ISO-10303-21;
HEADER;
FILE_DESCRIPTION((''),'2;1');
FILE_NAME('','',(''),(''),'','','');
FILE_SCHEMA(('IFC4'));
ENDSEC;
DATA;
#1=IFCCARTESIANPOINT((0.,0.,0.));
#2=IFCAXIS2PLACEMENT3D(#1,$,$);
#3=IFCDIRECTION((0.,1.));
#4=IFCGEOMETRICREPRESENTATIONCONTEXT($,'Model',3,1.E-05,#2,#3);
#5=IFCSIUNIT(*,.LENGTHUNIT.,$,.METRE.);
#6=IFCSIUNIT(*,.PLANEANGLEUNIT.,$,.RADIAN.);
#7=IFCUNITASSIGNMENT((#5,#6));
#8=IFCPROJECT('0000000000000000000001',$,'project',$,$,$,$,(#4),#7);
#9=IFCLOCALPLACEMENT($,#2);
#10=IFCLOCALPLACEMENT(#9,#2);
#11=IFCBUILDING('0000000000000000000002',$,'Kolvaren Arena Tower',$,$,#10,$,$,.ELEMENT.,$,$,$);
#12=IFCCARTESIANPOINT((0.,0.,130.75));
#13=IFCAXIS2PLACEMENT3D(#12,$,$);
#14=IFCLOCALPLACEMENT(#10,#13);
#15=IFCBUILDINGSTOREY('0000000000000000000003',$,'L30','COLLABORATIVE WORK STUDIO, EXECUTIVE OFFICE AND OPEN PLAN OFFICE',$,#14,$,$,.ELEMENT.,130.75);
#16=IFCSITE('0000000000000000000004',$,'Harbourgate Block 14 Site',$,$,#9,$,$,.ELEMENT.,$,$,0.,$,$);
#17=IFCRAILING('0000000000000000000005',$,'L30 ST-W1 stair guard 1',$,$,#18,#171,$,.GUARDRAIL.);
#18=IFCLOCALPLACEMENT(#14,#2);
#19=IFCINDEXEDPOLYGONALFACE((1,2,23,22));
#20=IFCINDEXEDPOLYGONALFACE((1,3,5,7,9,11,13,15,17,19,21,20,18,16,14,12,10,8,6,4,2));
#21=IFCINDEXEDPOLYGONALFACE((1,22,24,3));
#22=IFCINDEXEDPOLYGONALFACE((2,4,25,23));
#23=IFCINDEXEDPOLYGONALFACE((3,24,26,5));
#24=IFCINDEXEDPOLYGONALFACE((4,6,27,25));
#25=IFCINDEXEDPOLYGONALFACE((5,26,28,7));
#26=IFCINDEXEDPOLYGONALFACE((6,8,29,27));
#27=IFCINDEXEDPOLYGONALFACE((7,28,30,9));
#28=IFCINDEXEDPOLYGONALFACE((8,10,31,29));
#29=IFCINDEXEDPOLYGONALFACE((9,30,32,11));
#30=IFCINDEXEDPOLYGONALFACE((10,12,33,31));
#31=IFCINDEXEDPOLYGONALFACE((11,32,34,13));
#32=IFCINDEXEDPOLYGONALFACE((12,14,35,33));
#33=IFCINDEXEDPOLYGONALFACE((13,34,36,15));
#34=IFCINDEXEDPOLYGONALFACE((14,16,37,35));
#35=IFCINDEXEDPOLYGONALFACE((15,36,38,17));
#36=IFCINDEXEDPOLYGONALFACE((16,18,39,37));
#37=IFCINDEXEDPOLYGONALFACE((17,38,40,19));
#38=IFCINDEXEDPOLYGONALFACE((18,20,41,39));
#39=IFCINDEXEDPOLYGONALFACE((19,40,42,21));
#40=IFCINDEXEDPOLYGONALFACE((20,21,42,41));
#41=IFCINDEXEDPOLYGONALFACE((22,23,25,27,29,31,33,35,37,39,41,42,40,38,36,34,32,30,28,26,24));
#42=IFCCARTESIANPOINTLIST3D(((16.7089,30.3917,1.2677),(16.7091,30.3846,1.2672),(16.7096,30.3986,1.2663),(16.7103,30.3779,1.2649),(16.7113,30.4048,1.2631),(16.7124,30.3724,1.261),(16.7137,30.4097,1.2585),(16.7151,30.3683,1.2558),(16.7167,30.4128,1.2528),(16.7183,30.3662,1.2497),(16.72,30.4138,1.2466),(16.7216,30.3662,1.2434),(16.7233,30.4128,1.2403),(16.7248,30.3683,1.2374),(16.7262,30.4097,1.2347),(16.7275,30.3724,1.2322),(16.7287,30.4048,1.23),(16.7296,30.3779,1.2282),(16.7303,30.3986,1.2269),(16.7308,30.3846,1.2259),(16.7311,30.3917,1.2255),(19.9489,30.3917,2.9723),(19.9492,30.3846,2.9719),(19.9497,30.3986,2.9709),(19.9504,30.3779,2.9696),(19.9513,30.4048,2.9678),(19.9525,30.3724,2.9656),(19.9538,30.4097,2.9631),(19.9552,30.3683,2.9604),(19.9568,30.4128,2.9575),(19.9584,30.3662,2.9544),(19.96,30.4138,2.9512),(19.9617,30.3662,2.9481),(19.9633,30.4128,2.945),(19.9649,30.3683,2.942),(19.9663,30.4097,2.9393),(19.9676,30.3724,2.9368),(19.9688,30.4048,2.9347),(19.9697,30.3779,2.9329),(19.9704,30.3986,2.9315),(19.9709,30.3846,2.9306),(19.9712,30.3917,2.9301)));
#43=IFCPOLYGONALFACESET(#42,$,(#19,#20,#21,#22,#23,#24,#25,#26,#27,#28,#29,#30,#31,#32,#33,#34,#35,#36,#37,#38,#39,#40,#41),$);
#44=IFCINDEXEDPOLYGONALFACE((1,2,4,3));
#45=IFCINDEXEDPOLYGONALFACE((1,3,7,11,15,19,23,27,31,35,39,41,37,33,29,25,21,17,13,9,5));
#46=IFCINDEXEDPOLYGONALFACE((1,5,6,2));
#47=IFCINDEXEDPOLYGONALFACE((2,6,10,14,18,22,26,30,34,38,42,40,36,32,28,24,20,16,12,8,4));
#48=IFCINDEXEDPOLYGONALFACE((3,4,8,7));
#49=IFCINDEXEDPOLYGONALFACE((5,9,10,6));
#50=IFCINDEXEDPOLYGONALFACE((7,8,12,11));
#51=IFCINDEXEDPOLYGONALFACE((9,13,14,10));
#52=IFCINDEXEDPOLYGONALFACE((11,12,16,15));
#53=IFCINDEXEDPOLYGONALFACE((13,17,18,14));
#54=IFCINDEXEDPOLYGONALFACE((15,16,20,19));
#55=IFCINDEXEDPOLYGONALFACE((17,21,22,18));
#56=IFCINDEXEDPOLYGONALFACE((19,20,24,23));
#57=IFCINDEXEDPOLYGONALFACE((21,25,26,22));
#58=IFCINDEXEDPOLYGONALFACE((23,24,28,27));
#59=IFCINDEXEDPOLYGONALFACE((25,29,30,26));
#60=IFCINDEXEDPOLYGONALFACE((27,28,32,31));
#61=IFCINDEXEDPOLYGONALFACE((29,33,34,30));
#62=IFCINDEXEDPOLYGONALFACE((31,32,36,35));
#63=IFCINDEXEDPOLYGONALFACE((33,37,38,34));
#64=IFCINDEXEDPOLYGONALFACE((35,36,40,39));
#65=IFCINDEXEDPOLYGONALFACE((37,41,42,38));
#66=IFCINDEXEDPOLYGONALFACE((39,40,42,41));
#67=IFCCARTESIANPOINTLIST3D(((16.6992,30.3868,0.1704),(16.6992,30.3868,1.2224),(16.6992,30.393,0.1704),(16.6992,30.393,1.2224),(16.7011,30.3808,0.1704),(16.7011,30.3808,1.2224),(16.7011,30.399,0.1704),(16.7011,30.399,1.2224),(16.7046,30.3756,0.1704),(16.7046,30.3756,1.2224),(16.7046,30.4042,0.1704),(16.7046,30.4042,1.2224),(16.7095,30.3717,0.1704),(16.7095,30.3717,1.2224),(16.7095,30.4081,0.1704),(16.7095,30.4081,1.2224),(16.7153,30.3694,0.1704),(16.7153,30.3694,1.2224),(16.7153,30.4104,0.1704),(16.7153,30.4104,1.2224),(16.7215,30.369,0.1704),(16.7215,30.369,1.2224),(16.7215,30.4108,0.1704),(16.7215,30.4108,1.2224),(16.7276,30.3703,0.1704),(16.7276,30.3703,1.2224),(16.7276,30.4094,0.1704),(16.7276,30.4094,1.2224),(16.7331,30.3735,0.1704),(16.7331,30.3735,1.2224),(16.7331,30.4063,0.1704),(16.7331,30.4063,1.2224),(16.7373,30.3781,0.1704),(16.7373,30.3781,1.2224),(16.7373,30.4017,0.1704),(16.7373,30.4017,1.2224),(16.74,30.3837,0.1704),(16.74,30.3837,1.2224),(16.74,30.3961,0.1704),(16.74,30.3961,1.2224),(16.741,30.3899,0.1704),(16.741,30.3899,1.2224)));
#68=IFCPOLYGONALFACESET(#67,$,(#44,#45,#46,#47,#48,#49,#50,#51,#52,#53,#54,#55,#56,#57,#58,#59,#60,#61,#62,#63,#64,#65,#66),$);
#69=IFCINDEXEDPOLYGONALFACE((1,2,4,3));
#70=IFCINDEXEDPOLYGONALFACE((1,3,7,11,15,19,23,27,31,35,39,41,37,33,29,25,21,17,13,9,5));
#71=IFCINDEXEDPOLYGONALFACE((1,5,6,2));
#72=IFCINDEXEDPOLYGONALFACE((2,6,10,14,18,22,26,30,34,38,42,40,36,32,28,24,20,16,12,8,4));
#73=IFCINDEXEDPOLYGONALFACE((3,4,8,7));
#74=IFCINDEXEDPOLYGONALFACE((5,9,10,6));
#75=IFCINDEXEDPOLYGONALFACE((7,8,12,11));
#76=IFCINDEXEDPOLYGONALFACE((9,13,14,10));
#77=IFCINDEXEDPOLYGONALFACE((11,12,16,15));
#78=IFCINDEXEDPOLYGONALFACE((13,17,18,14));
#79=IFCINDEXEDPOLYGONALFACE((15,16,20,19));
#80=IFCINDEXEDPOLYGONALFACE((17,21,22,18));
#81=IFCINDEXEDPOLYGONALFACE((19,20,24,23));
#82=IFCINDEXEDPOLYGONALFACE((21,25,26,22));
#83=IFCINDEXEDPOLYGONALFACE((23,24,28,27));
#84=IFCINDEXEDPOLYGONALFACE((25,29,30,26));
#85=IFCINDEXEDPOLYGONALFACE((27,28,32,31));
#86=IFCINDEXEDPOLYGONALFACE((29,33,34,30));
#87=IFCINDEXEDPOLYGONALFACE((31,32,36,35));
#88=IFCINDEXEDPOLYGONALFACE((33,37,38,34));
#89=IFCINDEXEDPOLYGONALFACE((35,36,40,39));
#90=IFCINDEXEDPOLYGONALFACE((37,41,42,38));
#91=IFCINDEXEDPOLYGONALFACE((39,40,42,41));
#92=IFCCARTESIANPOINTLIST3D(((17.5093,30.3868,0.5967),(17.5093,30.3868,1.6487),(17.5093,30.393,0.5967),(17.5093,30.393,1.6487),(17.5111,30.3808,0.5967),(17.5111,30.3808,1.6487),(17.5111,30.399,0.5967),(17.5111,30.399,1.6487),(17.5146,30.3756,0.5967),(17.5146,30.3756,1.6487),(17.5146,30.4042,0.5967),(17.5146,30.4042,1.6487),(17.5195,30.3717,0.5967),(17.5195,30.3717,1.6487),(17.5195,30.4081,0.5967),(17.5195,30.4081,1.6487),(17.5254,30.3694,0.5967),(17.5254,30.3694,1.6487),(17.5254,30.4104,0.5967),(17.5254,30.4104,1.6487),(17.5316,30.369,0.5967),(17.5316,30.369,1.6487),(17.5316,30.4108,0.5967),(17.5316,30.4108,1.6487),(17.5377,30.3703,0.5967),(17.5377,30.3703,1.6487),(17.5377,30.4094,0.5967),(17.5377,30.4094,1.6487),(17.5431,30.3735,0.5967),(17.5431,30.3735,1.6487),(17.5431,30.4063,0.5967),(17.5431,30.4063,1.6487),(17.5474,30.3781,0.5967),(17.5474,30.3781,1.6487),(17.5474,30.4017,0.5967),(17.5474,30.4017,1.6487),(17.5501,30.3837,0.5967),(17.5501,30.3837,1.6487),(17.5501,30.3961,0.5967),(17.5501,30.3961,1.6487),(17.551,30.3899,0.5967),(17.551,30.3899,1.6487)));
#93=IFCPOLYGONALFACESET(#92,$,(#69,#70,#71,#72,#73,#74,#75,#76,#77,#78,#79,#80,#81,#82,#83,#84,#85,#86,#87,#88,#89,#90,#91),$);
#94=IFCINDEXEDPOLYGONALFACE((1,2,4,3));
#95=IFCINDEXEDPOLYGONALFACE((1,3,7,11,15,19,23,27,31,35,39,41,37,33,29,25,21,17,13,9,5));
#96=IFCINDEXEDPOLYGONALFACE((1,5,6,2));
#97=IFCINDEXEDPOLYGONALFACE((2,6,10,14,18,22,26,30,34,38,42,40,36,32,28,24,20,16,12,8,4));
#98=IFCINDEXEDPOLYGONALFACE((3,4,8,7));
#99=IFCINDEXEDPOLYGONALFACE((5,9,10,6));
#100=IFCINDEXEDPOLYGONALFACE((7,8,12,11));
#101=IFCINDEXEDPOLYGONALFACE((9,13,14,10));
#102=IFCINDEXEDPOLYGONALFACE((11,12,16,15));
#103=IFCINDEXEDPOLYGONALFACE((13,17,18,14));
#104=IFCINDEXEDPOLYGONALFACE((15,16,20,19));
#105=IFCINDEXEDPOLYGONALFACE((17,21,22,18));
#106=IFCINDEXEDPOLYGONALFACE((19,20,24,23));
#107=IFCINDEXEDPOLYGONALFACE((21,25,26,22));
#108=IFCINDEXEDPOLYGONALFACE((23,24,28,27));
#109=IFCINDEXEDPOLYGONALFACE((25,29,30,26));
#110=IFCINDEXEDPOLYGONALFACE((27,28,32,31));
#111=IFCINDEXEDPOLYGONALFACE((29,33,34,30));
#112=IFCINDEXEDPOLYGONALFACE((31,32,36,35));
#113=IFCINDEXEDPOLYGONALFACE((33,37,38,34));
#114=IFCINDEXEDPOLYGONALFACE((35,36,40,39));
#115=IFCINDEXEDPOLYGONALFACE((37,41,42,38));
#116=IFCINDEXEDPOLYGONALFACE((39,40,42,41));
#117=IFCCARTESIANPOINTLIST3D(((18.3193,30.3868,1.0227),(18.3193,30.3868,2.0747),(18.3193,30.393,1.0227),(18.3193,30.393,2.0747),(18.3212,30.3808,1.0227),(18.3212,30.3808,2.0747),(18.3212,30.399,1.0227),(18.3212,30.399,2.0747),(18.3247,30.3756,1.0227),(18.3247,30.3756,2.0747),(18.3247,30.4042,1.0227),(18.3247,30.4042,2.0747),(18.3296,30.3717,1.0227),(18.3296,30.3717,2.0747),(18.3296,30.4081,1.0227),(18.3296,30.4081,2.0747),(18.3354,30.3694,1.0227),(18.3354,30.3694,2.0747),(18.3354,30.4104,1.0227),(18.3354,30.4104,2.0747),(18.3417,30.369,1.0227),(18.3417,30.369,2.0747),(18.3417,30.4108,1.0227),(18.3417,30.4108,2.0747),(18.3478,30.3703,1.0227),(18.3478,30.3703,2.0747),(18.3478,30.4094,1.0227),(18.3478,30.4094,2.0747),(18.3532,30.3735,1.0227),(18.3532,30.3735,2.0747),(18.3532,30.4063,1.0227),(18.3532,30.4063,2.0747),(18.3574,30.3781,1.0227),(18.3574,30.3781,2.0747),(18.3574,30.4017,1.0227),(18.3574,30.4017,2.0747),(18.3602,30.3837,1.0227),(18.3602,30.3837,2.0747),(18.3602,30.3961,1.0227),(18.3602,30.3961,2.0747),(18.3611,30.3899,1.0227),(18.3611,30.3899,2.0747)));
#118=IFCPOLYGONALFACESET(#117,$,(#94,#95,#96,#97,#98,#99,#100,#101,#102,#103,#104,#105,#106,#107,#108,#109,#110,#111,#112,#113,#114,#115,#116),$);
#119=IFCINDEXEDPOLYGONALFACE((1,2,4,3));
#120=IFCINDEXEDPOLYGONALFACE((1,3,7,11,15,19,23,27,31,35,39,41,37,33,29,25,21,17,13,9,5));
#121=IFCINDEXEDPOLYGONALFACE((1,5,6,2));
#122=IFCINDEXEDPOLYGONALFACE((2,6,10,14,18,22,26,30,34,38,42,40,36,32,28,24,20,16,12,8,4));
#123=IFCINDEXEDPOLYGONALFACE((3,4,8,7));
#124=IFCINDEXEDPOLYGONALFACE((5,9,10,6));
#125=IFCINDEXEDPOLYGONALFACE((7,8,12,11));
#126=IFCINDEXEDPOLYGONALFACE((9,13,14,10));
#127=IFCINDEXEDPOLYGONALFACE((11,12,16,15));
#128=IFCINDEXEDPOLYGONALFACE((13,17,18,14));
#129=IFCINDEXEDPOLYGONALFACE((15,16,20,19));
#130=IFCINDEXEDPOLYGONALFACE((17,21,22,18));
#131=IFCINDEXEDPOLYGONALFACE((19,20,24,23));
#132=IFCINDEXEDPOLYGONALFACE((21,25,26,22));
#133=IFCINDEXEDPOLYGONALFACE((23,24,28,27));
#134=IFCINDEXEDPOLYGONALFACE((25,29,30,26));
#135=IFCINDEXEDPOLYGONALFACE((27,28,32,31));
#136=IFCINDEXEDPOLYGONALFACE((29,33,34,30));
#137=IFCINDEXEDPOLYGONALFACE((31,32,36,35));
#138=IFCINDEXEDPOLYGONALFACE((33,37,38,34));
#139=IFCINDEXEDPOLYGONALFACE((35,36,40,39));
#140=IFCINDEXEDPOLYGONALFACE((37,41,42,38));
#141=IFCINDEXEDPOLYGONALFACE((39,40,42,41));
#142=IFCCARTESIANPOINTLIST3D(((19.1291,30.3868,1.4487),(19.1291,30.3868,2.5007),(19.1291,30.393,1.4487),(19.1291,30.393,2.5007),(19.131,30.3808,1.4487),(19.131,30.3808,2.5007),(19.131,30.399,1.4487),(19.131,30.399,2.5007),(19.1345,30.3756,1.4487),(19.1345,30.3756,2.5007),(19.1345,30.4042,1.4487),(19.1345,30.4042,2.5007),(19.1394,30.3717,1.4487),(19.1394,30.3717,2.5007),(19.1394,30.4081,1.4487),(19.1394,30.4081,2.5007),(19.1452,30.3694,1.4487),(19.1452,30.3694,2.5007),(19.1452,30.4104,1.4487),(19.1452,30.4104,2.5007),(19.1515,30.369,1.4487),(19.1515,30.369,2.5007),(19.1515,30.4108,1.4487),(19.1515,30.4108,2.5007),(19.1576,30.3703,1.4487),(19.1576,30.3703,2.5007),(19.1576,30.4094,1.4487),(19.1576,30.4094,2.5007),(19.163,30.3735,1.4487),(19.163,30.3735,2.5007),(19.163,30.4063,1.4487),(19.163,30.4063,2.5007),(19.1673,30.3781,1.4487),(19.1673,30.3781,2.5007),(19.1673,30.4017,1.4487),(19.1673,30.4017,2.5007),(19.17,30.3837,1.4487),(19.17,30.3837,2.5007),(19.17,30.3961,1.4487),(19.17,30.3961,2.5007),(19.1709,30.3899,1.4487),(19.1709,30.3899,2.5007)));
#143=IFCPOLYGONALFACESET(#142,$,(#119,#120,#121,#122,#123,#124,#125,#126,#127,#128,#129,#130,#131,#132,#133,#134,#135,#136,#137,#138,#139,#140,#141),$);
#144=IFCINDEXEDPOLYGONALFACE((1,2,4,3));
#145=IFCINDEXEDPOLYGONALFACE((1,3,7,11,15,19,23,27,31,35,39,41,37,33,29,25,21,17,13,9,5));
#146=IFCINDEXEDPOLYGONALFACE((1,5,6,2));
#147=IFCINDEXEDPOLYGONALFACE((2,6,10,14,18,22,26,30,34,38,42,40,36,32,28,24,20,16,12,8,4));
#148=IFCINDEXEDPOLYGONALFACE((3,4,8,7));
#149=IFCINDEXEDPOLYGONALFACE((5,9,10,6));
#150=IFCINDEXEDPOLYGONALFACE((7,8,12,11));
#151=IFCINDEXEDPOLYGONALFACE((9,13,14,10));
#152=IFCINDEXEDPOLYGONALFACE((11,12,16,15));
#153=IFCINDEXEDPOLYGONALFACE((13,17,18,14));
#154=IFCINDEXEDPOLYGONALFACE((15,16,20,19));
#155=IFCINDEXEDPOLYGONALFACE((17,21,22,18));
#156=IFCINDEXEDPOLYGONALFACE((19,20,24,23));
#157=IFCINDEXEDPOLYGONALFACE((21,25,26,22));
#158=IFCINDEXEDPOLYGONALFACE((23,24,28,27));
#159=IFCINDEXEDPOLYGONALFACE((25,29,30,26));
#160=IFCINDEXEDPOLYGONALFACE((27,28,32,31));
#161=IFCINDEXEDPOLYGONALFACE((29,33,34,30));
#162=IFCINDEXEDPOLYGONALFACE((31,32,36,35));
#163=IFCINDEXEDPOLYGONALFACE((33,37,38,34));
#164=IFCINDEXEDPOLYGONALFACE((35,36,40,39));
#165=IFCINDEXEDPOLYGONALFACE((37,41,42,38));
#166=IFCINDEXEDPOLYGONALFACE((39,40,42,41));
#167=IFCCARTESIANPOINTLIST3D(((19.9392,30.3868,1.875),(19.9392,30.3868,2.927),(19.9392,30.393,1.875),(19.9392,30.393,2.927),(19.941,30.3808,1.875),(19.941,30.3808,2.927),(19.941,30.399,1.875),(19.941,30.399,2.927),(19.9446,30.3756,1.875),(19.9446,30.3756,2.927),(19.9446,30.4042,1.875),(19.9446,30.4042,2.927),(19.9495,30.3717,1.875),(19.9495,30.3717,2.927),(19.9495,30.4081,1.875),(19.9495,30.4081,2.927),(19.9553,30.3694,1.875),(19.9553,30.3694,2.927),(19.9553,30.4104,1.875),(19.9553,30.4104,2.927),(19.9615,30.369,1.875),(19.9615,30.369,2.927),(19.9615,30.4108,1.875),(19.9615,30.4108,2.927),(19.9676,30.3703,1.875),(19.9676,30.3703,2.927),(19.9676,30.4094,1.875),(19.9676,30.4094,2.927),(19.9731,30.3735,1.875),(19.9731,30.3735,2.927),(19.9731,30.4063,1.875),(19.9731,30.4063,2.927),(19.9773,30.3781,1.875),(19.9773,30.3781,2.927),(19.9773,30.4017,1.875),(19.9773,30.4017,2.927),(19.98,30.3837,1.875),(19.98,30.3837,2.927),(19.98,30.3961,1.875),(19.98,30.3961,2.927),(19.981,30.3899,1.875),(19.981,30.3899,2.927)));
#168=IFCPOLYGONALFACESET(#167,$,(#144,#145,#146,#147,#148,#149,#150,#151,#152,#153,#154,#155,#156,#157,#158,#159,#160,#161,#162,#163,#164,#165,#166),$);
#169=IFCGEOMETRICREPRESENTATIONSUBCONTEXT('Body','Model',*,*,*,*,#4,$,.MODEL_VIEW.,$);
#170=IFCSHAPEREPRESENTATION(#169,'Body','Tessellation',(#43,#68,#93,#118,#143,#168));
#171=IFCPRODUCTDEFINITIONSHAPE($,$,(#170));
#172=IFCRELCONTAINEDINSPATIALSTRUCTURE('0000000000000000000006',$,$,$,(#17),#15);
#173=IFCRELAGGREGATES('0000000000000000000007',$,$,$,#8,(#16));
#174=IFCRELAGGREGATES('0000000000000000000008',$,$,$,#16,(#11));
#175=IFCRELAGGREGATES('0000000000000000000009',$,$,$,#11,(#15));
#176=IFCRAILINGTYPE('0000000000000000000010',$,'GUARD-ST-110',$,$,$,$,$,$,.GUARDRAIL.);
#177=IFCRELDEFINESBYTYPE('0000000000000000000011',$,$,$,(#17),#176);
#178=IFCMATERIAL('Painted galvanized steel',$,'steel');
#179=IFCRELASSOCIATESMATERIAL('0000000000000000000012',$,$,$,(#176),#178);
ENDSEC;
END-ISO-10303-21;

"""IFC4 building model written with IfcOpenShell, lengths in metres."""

from ifc_helpers import new_model, si_unit, direction, frame, origin, origin_2d, place, context, subcontext, project, spatial, circle, extrude, material, type_object, element, save


model = new_model("IFC4")

# Units and contexts
model_context = context("Model", 3, precision=1e-05, world=origin(), true_north=direction((0.0, 1.0)))
body_context = subcontext(model_context, "Body", "Model", "MODEL_VIEW")
ifc_project = project(units=[si_unit("LENGTHUNIT", "METRE"), si_unit("PLANEANGLEUNIT", "RADIAN")], contexts=[model_context])

# Site, building, storey
site_placement = place(None, origin())
site = spatial("IfcSite", under=ifc_project, at=site_placement, Name="Harbourgate Block 14 Site", CompositionType="ELEMENT", RefElevation=0.0)
building_placement = place(site_placement, origin())
building = spatial("IfcBuilding", under=site, at=building_placement, Name="Kolvaren Arena Tower", CompositionType="ELEMENT")
storey_placement = place(building_placement, frame((0.0, 0.0, 130.75)))
storey = spatial("IfcBuildingStorey", under=building, at=storey_placement, Name="L30", Description="COLLABORATIVE WORK STUDIO, EXECUTIVE OFFICE AND OPEN PLAN OFFICE", CompositionType="ELEMENT", Elevation=130.75)

# Railing
ifc_material_1 = material(Name="Painted galvanized steel", Category="steel")
railing_type_1 = type_object("IfcRailingType", Name="GUARD-ST-110", PredefinedType="GUARDRAIL", material=ifc_material_1)
railing_1_placement = place(storey_placement, frame((16.72, 30.3899, 0.1704)))
element("IfcRailing", 1, at=railing_1_placement, inside=storey, type_object=railing_type_1, Name="L30 ST-W1 stair guard 1", PredefinedType="GUARDRAIL", context=body_context, shape_type="SweptSolid", body=[
    extrude(circle(Radius=0.0239, at=origin_2d()), frame((0.0, 0.0, 1.0762), z_axis=(0.884993, 0.0, 0.465604), x_axis=(0.0, 1.0, 0.0)), (0.0, 0.0, 1.0), 3.6611),
    extrude(circle(Radius=0.021, at=origin_2d()), origin(), (0.0, 0.0, 1.0), 1.052),
    extrude(circle(Radius=0.021, at=origin_2d()), frame((0.8101, 0.0, 0.4263)), (0.0, 0.0, 1.0), 1.052),
    extrude(circle(Radius=0.021, at=origin_2d()), frame((1.6201, 0.0, 0.8523)), (0.0, 0.0, 1.0), 1.052),
    extrude(circle(Radius=0.021, at=origin_2d()), frame((2.4299, 0.0, 1.2783)), (0.0, 0.0, 1.0), 1.052),
    extrude(circle(Radius=0.021, at=origin_2d()), frame((3.24, 0.0, 1.7046)), (0.0, 0.0, 1.0), 1.052),
])

save(model, "model.ifc")
